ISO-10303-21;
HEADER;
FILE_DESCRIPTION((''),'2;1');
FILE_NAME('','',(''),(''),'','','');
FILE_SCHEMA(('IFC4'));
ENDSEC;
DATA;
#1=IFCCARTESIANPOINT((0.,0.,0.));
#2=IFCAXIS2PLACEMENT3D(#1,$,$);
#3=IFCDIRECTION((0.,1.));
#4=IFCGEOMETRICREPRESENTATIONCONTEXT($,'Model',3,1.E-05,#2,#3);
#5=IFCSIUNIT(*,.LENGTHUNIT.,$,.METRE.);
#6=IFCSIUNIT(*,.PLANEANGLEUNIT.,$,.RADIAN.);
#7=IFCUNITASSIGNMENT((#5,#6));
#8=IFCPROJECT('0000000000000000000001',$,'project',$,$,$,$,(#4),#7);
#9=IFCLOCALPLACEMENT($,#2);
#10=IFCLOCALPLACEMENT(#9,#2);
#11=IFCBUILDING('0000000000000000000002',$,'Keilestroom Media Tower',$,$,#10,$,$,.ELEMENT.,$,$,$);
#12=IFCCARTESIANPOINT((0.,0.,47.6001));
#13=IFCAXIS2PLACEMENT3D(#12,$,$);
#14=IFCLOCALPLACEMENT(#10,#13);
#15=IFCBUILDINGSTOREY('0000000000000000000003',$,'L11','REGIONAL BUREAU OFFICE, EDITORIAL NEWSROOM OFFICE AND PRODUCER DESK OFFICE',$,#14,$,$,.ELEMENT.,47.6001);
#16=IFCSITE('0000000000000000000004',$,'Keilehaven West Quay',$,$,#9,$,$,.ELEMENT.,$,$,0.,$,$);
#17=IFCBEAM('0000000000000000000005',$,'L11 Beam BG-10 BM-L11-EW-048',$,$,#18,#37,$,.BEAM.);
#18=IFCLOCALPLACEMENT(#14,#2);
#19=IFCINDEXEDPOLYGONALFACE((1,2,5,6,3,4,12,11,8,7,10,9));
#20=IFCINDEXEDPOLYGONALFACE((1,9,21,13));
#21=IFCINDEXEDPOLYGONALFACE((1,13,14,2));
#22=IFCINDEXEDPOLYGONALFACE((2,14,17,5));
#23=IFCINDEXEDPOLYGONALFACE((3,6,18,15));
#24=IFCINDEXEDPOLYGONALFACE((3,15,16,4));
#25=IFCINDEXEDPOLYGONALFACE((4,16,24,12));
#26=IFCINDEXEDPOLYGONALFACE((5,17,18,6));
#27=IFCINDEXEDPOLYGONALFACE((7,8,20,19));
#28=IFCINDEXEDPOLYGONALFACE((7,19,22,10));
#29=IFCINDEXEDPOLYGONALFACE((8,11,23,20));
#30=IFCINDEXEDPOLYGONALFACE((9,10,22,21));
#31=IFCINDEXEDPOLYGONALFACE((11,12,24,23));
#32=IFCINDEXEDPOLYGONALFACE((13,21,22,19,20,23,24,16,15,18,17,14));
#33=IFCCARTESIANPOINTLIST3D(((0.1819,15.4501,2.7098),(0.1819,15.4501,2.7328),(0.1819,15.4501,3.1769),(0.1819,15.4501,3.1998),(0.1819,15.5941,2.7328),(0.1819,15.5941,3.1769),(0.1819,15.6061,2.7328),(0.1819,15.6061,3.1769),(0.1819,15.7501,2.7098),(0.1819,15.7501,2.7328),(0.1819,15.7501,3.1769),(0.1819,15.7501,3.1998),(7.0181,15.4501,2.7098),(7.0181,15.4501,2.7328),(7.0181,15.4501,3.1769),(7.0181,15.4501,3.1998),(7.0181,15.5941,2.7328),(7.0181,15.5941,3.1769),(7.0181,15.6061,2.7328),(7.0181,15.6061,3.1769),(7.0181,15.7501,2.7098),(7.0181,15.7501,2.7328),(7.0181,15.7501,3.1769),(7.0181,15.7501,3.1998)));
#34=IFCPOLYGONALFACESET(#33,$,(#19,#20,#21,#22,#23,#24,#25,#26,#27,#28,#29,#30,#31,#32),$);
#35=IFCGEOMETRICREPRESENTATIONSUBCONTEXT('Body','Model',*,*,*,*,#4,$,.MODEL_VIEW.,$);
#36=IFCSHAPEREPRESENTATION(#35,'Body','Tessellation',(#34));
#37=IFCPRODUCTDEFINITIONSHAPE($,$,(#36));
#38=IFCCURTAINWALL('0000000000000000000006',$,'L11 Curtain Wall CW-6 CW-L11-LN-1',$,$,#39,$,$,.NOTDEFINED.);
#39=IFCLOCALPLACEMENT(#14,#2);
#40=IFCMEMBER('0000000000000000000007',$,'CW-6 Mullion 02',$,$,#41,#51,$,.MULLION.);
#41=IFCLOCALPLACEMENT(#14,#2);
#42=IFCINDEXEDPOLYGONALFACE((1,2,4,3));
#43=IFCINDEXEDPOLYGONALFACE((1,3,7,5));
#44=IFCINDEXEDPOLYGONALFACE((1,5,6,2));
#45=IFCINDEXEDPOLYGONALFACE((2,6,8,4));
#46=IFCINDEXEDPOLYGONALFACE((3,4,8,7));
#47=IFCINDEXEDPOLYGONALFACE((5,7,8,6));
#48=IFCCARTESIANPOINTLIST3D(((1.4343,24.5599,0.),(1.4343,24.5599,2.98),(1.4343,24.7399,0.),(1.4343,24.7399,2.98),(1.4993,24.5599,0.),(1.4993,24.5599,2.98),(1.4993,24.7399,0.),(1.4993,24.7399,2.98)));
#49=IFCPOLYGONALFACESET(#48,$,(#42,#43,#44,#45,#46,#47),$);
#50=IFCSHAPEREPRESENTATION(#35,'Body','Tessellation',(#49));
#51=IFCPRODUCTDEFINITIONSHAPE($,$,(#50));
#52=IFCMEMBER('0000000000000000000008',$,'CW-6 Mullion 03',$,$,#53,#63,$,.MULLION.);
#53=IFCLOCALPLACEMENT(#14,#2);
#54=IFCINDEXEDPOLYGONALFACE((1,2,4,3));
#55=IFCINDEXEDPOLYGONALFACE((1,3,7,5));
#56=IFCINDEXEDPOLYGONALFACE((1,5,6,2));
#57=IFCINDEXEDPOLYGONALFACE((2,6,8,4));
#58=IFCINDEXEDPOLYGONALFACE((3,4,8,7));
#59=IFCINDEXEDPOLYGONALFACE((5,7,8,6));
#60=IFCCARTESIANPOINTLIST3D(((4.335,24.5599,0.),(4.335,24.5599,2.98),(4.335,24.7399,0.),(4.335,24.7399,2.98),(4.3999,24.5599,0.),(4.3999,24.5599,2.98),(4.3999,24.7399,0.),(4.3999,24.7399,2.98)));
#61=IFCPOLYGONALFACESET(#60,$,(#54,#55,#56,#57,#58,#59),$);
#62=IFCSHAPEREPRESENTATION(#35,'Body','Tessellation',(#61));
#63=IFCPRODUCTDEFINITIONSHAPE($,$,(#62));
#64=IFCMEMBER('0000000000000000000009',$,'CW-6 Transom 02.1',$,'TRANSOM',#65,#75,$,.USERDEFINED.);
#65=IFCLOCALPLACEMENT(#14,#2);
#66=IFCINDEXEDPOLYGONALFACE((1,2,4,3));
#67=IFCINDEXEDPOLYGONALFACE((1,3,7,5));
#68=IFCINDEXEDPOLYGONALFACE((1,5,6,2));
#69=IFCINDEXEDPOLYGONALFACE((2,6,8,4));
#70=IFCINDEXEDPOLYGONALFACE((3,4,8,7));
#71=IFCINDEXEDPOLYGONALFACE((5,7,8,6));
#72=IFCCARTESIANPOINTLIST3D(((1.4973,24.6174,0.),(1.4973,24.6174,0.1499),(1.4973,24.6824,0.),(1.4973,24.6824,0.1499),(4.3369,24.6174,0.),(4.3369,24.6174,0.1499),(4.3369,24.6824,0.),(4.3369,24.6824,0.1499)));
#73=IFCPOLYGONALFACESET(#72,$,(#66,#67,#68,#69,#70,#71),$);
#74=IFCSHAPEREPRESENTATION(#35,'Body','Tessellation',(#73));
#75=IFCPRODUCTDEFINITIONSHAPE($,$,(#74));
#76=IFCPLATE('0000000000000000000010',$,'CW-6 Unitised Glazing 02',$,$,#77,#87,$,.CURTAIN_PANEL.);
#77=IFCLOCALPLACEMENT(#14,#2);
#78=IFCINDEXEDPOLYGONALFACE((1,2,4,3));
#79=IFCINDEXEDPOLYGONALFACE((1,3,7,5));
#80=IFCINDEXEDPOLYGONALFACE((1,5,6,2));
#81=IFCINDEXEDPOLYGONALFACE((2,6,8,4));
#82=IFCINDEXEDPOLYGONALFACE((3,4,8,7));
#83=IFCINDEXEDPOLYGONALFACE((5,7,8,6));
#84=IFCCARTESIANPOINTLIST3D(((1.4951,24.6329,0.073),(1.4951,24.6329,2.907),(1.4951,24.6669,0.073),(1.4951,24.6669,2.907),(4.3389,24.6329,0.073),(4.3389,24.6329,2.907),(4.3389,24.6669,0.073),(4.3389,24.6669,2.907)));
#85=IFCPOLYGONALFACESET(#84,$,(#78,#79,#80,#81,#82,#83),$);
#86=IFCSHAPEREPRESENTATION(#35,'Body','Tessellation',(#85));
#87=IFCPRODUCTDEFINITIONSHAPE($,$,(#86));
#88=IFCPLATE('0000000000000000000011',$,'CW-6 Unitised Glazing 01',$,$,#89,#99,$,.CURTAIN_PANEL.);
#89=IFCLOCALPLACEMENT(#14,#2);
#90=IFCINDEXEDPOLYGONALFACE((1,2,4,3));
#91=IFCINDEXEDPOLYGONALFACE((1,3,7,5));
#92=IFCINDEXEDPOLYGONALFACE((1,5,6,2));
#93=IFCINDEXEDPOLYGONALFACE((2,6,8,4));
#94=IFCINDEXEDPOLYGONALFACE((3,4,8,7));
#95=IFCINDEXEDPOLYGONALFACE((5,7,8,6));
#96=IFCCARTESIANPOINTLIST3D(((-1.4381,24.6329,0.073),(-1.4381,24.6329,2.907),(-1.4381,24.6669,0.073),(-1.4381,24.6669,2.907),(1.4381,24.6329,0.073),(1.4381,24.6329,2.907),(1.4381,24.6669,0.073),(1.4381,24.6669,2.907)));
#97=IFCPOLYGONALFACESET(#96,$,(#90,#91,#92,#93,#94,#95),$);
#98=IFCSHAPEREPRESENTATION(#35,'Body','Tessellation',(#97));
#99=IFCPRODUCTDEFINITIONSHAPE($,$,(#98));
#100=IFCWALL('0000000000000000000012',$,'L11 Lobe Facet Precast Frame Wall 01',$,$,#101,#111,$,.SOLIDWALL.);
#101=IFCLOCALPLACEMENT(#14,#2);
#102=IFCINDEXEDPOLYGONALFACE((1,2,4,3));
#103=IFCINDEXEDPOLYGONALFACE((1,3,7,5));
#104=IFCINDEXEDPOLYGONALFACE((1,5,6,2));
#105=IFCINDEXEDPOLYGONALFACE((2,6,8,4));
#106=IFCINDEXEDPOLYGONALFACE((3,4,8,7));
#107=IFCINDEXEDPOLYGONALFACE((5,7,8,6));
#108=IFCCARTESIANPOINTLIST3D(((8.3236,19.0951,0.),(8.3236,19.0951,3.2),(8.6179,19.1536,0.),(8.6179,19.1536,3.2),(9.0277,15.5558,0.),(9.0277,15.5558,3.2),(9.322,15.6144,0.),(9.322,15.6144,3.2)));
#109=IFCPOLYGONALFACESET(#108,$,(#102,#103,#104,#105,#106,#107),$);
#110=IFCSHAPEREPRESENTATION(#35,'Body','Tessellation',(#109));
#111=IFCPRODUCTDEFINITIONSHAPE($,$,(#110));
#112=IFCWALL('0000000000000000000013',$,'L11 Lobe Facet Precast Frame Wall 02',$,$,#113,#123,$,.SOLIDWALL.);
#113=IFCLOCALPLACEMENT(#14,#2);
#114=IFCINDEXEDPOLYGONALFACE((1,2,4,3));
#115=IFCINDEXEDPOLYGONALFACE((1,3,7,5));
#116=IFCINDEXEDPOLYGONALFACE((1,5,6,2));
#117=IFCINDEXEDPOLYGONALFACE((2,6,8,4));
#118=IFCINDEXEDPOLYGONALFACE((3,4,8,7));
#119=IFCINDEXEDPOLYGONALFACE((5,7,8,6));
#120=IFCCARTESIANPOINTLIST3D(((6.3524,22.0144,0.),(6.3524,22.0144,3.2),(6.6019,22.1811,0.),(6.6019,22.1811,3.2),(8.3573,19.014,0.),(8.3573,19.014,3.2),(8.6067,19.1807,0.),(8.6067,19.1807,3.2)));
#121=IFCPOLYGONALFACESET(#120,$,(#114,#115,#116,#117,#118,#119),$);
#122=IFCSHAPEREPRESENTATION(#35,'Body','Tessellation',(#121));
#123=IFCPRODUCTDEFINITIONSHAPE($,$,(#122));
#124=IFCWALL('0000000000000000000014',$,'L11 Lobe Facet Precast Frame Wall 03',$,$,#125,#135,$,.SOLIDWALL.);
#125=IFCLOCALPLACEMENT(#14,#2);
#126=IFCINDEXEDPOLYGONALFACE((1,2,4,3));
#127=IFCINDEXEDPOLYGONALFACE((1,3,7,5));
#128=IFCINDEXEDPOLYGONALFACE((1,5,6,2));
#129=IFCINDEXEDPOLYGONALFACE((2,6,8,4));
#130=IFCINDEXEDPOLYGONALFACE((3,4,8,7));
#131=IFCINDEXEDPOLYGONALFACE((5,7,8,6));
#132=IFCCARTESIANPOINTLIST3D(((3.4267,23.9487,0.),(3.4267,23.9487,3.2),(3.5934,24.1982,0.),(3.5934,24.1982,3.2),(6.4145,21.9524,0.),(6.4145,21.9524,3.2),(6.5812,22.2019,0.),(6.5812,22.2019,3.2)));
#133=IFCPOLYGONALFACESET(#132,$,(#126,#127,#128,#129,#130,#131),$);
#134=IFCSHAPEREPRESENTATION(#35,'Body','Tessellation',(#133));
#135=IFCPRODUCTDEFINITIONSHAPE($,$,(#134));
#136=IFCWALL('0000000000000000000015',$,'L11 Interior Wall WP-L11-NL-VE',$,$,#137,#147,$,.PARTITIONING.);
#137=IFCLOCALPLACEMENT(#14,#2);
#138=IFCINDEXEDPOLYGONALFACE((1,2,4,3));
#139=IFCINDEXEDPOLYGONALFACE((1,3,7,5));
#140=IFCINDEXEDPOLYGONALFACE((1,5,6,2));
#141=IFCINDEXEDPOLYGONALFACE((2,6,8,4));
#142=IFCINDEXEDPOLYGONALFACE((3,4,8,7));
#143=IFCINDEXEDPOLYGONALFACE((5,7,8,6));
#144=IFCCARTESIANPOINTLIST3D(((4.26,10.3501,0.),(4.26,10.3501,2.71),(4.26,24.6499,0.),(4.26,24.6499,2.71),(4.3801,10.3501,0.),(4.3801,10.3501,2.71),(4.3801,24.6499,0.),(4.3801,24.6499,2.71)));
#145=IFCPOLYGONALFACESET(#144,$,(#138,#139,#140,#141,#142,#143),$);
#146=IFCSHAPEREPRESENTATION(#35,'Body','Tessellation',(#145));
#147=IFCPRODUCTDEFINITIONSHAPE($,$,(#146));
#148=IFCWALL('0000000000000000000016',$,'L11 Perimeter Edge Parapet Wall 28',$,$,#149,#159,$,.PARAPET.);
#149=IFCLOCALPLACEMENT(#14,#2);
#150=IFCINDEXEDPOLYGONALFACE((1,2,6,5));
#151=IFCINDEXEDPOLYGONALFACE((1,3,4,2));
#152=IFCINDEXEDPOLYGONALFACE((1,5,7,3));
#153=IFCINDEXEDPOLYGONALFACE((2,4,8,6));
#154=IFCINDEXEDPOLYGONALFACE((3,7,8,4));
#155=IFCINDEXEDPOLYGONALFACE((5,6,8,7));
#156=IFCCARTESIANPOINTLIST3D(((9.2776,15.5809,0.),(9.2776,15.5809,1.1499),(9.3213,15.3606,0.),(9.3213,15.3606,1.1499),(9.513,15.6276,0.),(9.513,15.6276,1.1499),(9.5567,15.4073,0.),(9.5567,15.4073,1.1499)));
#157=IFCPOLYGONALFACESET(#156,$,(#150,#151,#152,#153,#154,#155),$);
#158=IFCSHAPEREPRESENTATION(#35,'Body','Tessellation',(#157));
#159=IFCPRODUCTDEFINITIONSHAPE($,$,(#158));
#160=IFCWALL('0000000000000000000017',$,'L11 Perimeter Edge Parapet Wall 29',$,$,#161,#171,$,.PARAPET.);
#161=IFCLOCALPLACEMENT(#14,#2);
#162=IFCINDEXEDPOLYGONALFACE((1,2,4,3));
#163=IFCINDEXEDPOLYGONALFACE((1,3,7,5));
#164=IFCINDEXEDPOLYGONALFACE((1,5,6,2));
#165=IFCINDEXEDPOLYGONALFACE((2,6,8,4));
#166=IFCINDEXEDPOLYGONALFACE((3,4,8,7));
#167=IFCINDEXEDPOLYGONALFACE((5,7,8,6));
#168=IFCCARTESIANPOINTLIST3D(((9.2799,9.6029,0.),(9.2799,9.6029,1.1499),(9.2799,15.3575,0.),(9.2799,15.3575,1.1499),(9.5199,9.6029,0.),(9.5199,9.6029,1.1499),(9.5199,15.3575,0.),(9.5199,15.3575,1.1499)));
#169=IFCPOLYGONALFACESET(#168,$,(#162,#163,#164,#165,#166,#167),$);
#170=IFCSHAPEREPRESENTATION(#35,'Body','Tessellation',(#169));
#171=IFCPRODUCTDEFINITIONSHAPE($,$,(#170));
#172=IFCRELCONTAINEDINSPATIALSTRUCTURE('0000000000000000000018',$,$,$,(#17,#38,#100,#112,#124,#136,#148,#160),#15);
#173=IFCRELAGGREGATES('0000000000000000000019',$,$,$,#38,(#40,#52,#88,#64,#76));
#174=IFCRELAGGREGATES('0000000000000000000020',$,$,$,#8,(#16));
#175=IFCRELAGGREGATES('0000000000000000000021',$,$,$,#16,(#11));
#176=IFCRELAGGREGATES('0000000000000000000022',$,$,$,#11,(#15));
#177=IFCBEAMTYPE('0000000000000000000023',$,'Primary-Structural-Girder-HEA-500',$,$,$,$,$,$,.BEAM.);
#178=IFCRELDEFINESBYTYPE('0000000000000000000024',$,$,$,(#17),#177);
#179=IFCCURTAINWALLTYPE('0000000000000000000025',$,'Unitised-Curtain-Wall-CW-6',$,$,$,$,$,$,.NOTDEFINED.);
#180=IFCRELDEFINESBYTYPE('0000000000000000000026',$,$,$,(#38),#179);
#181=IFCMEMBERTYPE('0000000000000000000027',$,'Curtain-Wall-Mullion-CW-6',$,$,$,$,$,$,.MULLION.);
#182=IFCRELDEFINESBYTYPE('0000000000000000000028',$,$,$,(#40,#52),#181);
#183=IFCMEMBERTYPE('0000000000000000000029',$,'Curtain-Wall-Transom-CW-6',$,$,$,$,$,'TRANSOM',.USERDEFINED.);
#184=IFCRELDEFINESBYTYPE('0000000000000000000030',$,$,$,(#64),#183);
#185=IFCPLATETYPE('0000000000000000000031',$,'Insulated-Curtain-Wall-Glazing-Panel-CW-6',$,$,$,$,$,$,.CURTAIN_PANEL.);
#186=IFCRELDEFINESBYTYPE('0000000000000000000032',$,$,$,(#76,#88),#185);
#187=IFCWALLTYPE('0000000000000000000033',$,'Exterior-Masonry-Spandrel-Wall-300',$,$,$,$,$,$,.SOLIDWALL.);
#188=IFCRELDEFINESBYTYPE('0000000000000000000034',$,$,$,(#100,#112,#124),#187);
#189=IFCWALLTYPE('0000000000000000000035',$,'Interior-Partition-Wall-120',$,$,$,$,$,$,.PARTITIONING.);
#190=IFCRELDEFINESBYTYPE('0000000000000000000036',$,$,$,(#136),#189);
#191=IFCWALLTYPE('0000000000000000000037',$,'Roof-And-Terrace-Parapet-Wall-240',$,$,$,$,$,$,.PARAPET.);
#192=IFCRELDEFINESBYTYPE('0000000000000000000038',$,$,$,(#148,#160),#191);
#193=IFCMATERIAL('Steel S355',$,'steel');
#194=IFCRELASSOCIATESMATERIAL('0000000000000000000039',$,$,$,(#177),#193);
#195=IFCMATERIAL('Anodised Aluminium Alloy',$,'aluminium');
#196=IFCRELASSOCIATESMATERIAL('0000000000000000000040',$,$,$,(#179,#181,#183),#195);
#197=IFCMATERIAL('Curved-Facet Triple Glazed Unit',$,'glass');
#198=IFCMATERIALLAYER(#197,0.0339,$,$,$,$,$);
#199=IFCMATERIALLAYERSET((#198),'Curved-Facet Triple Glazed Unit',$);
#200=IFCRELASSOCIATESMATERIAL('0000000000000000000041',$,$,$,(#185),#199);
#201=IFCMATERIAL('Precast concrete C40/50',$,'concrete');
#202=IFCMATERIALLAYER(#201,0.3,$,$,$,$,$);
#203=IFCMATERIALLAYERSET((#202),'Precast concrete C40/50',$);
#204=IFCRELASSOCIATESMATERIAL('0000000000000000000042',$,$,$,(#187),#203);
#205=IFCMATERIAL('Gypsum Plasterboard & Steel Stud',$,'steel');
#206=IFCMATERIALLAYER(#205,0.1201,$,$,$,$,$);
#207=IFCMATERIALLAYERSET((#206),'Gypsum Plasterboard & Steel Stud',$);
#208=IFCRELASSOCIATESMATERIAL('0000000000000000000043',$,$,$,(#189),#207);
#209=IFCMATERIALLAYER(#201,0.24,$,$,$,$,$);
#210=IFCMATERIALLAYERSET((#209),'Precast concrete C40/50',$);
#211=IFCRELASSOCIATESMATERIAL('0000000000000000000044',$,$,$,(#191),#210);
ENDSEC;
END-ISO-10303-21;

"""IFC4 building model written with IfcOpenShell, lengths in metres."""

from ifc_helpers import new_model, si_unit, direction, frame, frame_2d, origin, origin_2d, place, context, subcontext, project, spatial, rectangle, i_section, extrude, source, transform, mapped, material, layer, layer_set, material_profile, profile_set, type_object, element, aggregate, save


model = new_model("IFC4")

# Units and contexts
model_context = context("Model", 3, precision=1e-05, world=origin(), true_north=direction((0.0, 1.0)))
body_context = subcontext(model_context, "Body", "Model", "MODEL_VIEW")
ifc_project = project(units=[si_unit("LENGTHUNIT", "METRE"), si_unit("PLANEANGLEUNIT", "RADIAN")], contexts=[model_context])

# Site, building, storey
site_placement = place(None, origin())
site = spatial("IfcSite", under=ifc_project, at=site_placement, Name="Keilehaven West Quay", CompositionType="ELEMENT", RefElevation=0.0)
building_placement = place(site_placement, origin())
building = spatial("IfcBuilding", under=site, at=building_placement, Name="Keilestroom Media Tower", CompositionType="ELEMENT")
storey_placement = place(building_placement, frame((0.0, 0.0, 47.6001)))
storey = spatial("IfcBuildingStorey", under=building, at=storey_placement, Name="L11", Description="REGIONAL BUREAU OFFICE, EDITORIAL NEWSROOM OFFICE AND PRODUCER DESK OFFICE", CompositionType="ELEMENT", Elevation=47.6001)

# Beam
ifc_material_1 = material(Name="Steel S355", Category="steel")
ifc_material_profile_1 = material_profile(ifc_material_1, i_section(OverallWidth=0.3, OverallDepth=0.49, WebThickness=0.012, FlangeThickness=0.0229, at=origin_2d()), Name="HEA 500")
ifc_profile_set_1 = profile_set([ifc_material_profile_1], Name="Steel S355")
beam_type_1 = type_object("IfcBeamType", Name="Primary-Structural-Girder-HEA-500", PredefinedType="BEAM", material=ifc_profile_set_1)
shared_shape_1 = source(origin(), body_context, "Body", "SweptSolid", [
    extrude(i_section(OverallWidth=0.3, OverallDepth=0.49, WebThickness=0.012, FlangeThickness=0.0229, at=origin_2d()), origin(), (0.0, 0.0, 1.0), 6.8362),
])
for number, where, z_axis, x_axis, name in (
    (1, (0.1819, 15.6001, 2.9548), (1.0, 0.0, 0.0), (0.0, 1.0, 0.0), "L11 Beam BG-10 BM-L11-EW-048"),
):
    element("IfcBeam", number, at=place(storey_placement, frame(where, z_axis=z_axis, x_axis=x_axis)), inside=storey, type_object=beam_type_1, Name=name, PredefinedType="BEAM", context=body_context, shape_type="MappedRepresentation", body=[
        mapped(shared_shape_1, transform((0.0, 0.0, 0.0), x_axis=(1.0, 0.0, 0.0), y_axis=(0.0, 1.0, 0.0), z_axis=(0.0, 0.0, 1.0), scale=1.0)),
    ])

# Curtain wall, members, plates
ifc_material_2 = material(Name="Anodised Aluminium Alloy", Category="aluminium")
curtain_wall_type = type_object("IfcCurtainWallType", Name="Unitised-Curtain-Wall-CW-6", PredefinedType="NOTDEFINED", material=ifc_material_2)
curtain_wall_placement = place(storey_placement, origin())
curtain_wall = element("IfcCurtainWall", 2, at=curtain_wall_placement, inside=storey, type_object=curtain_wall_type, Name="L11 Curtain Wall CW-6 CW-L11-LN-1", PredefinedType="NOTDEFINED")
ifc_material_profile_2 = material_profile(ifc_material_2, rectangle(XDim=0.0649, YDim=0.1799, at=origin_2d()), Name="ALU MULLION 65x180")
ifc_profile_set_2 = profile_set([ifc_material_profile_2], Name="Anodised Aluminium Alloy")
member_type_1 = type_object("IfcMemberType", Name="Curtain-Wall-Mullion-CW-6", PredefinedType="MULLION", material=ifc_profile_set_2)
shared_shape_2 = source(origin(), body_context, "Body", "SweptSolid", [
    extrude(rectangle(XDim=0.0649, YDim=0.1799, at=origin_2d()), origin(), (0.0, 0.0, 1.0), 2.98),
])
member_1_placement = place(storey_placement, frame((1.4668, 24.6499, 0.0), z_axis=(0.0, 0.0, 1.0), x_axis=(1.0, 0.0, 0.0)))
member_1 = element("IfcMember", 3, at=member_1_placement, type_object=member_type_1, Name="CW-6 Mullion 02", PredefinedType="MULLION", context=body_context, shape_type="MappedRepresentation", body=[
    mapped(shared_shape_2, transform((0.0, 0.0, 0.0), x_axis=(1.0, 0.0, 0.0), y_axis=(0.0, 1.0, 0.0), z_axis=(0.0, 0.0, 1.0), scale=1.0)),
])
member_2_placement = place(storey_placement, frame((4.3674, 24.6499, 0.0), z_axis=(0.0, 0.0, 1.0), x_axis=(1.0, 0.0, 0.0)))
member_2 = element("IfcMember", 4, at=member_2_placement, type_object=member_type_1, Name="CW-6 Mullion 03", PredefinedType="MULLION", context=body_context, shape_type="MappedRepresentation", body=[
    mapped(shared_shape_2, transform((0.0, 0.0, 0.0), x_axis=(1.0, 0.0, 0.0), y_axis=(0.0, 1.0, 0.0), z_axis=(0.0, 0.0, 1.0), scale=1.0)),
])
ifc_material_profile_3 = material_profile(ifc_material_2, rectangle(XDim=0.0649, YDim=0.1499, at=origin_2d()), Name="ALU TRANSOM 65x150")
ifc_profile_set_3 = profile_set([ifc_material_profile_3], Name="Anodised Aluminium Alloy")
member_type_2 = type_object("IfcMemberType", Name="Curtain-Wall-Transom-CW-6", ElementType="TRANSOM", PredefinedType="USERDEFINED", material=ifc_profile_set_3)
shared_shape_3 = source(origin(), body_context, "Body", "SweptSolid", [
    extrude(rectangle(XDim=0.0649, YDim=0.1499, at=origin_2d()), origin(), (0.0, 0.0, 1.0), 2.8396),
])
member_3_placement = place(storey_placement, frame((1.4973, 24.6499, 0.075), z_axis=(1.0, 0.0, 0.0), x_axis=(0.0, 1.0, 0.0)))
member_3 = element("IfcMember", 5, at=member_3_placement, type_object=member_type_2, Name="CW-6 Transom 02.1", ObjectType="TRANSOM", PredefinedType="USERDEFINED", context=body_context, shape_type="MappedRepresentation", body=[
    mapped(shared_shape_3, transform((0.0, 0.0, 0.0), x_axis=(1.0, 0.0, 0.0), y_axis=(0.0, 1.0, 0.0), z_axis=(0.0, 0.0, 1.0), scale=1.0)),
])
ifc_material_3 = material(Name="Curved-Facet Triple Glazed Unit", Category="glass")
ifc_layer_1 = layer(ifc_material_3, 0.0339)
ifc_layer_set_1 = layer_set([ifc_layer_1], Name="Curved-Facet Triple Glazed Unit")
plate_type = type_object("IfcPlateType", Name="Insulated-Curtain-Wall-Glazing-Panel-CW-6", PredefinedType="CURTAIN_PANEL", material=ifc_layer_set_1)
shared_shape_4 = source(origin(), body_context, "Body", "SweptSolid", [
    extrude(rectangle(XDim=2.8438, YDim=0.0339, at=origin_2d()), origin(), (0.0, 0.0, 1.0), 2.834),
])
plate_1_placement = place(storey_placement, frame((2.917, 24.6499, 0.073), z_axis=(0.0, 0.0, 1.0), x_axis=(1.0, 0.0, 0.0)))
plate_1 = element("IfcPlate", 6, at=plate_1_placement, type_object=plate_type, Name="CW-6 Unitised Glazing 02", PredefinedType="CURTAIN_PANEL", context=body_context, shape_type="MappedRepresentation", body=[
    mapped(shared_shape_4, transform((0.0, 0.0, 0.0), x_axis=(1.0, 0.0, 0.0), y_axis=(0.0, 1.0, 0.0), z_axis=(0.0, 0.0, 1.0), scale=1.0)),
])
shared_shape_5 = source(origin(), body_context, "Body", "SweptSolid", [
    extrude(rectangle(XDim=2.8762, YDim=0.0339, at=origin_2d()), origin(), (0.0, 0.0, 1.0), 2.834),
])
plate_2_placement = place(storey_placement, frame((0.0, 24.6499, 0.073), z_axis=(0.0, 0.0, 1.0), x_axis=(1.0, 0.0, 0.0)))
plate_2 = element("IfcPlate", 7, at=plate_2_placement, type_object=plate_type, Name="CW-6 Unitised Glazing 01", PredefinedType="CURTAIN_PANEL", context=body_context, shape_type="MappedRepresentation", body=[
    mapped(shared_shape_5, transform((0.0, 0.0, 0.0), x_axis=(1.0, 0.0, 0.0), y_axis=(0.0, 1.0, 0.0), z_axis=(0.0, 0.0, 1.0), scale=1.0)),
])
aggregate(curtain_wall, [member_1, member_2, plate_2, member_3, plate_1])

# Walls
ifc_material_4 = material(Name="Precast concrete C40/50", Category="concrete")
ifc_layer_2 = layer(ifc_material_4, 0.3)
ifc_layer_set_2 = layer_set([ifc_layer_2], Name="Precast concrete C40/50")
wall_type_1 = type_object("IfcWallType", Name="Exterior-Masonry-Spandrel-Wall-300", PredefinedType="SOLIDWALL", material=ifc_layer_set_2)
for number, where, z_axis, x_axis, name in (
    (8, (9.1748, 15.5852, 0.0), (0.0, 0.0, 1.0), (-0.195114, 0.980781, 0.0), "L11 Lobe Facet Precast Frame Wall 01"),
    (9, (8.4819, 19.0974, 0.0), (0.0, 0.0, 1.0), (-0.555574, 0.831467, 0.0), "L11 Lobe Facet Precast Frame Wall 02"),
):
    element("IfcWall", number, at=place(storey_placement, frame(where, z_axis=z_axis, x_axis=x_axis)), inside=storey, type_object=wall_type_1, Name=name, PredefinedType="SOLIDWALL", context=body_context, shape_type="SweptSolid", body=[
        extrude(rectangle(XDim=3.6086, YDim=0.3, at=frame_2d((1.8042, 0.0))), origin(), (0.0, 0.0, 1.0), 3.2),
    ])
wall_1_placement = place(storey_placement, frame((6.4978, 22.0771, 0.0), z_axis=(0.0, 0.0, 1.0), x_axis=(-0.831475, 0.555562, 0.0)))
element("IfcWall", 10, at=wall_1_placement, inside=storey, type_object=wall_type_1, Name="L11 Lobe Facet Precast Frame Wall 03", PredefinedType="SOLIDWALL", context=body_context, shape_type="SweptSolid", body=[
    extrude(rectangle(XDim=3.5933, YDim=0.3, at=frame_2d((1.7966, 0.0))), origin(), (0.0, 0.0, 1.0), 3.2),
])
ifc_material_5 = material(Name="Gypsum Plasterboard & Steel Stud", Category="steel")
ifc_layer_3 = layer(ifc_material_5, 0.1201)
ifc_layer_set_3 = layer_set([ifc_layer_3], Name="Gypsum Plasterboard & Steel Stud")
wall_type_2 = type_object("IfcWallType", Name="Interior-Partition-Wall-120", PredefinedType="PARTITIONING", material=ifc_layer_set_3)
wall_2_placement = place(storey_placement, frame((4.3201, 10.3501, 0.0), z_axis=(0.0, 0.0, 1.0), x_axis=(0.0, 1.0, 0.0)))
element("IfcWall", 11, at=wall_2_placement, inside=storey, type_object=wall_type_2, Name="L11 Interior Wall WP-L11-NL-VE", PredefinedType="PARTITIONING", context=body_context, shape_type="SweptSolid", body=[
    extrude(rectangle(XDim=14.2998, YDim=0.1201, at=frame_2d((7.1499, 0.0))), origin(), (0.0, 0.0, 1.0), 2.71),
])
ifc_layer_4 = layer(ifc_material_4, 0.24)
ifc_layer_set_4 = layer_set([ifc_layer_4], Name="Precast concrete C40/50")
wall_type_3 = type_object("IfcWallType", Name="Roof-And-Terrace-Parapet-Wall-240", PredefinedType="PARAPET", material=ifc_layer_set_4)
wall_3_placement = place(storey_placement, frame((9.3953, 15.6042, 0.0), z_axis=(0.0, 0.0, 1.0), x_axis=(0.194652, -0.980872, 0.0)))
element("IfcWall", 12, at=wall_3_placement, inside=storey, type_object=wall_type_3, Name="L11 Perimeter Edge Parapet Wall 28", PredefinedType="PARAPET", context=body_context, shape_type="SweptSolid", body=[
    extrude(rectangle(XDim=0.2246, YDim=0.24, at=frame_2d((0.1123, 0.0))), origin(), (0.0, 0.0, 1.0), 1.1499),
])
wall_4_placement = place(storey_placement, frame((9.3999, 15.3577, 0.0), z_axis=(0.0, 0.0, 1.0), x_axis=(0.0, -1.0, 0.0)))
element("IfcWall", 13, at=wall_4_placement, inside=storey, type_object=wall_type_3, Name="L11 Perimeter Edge Parapet Wall 29", PredefinedType="PARAPET", context=body_context, shape_type="SweptSolid", body=[
    extrude(rectangle(XDim=5.7546, YDim=0.24, at=frame_2d((2.8774, 0.0))), origin(), (0.0, 0.0, 1.0), 1.1499),
])

save(model, "model.ifc")
